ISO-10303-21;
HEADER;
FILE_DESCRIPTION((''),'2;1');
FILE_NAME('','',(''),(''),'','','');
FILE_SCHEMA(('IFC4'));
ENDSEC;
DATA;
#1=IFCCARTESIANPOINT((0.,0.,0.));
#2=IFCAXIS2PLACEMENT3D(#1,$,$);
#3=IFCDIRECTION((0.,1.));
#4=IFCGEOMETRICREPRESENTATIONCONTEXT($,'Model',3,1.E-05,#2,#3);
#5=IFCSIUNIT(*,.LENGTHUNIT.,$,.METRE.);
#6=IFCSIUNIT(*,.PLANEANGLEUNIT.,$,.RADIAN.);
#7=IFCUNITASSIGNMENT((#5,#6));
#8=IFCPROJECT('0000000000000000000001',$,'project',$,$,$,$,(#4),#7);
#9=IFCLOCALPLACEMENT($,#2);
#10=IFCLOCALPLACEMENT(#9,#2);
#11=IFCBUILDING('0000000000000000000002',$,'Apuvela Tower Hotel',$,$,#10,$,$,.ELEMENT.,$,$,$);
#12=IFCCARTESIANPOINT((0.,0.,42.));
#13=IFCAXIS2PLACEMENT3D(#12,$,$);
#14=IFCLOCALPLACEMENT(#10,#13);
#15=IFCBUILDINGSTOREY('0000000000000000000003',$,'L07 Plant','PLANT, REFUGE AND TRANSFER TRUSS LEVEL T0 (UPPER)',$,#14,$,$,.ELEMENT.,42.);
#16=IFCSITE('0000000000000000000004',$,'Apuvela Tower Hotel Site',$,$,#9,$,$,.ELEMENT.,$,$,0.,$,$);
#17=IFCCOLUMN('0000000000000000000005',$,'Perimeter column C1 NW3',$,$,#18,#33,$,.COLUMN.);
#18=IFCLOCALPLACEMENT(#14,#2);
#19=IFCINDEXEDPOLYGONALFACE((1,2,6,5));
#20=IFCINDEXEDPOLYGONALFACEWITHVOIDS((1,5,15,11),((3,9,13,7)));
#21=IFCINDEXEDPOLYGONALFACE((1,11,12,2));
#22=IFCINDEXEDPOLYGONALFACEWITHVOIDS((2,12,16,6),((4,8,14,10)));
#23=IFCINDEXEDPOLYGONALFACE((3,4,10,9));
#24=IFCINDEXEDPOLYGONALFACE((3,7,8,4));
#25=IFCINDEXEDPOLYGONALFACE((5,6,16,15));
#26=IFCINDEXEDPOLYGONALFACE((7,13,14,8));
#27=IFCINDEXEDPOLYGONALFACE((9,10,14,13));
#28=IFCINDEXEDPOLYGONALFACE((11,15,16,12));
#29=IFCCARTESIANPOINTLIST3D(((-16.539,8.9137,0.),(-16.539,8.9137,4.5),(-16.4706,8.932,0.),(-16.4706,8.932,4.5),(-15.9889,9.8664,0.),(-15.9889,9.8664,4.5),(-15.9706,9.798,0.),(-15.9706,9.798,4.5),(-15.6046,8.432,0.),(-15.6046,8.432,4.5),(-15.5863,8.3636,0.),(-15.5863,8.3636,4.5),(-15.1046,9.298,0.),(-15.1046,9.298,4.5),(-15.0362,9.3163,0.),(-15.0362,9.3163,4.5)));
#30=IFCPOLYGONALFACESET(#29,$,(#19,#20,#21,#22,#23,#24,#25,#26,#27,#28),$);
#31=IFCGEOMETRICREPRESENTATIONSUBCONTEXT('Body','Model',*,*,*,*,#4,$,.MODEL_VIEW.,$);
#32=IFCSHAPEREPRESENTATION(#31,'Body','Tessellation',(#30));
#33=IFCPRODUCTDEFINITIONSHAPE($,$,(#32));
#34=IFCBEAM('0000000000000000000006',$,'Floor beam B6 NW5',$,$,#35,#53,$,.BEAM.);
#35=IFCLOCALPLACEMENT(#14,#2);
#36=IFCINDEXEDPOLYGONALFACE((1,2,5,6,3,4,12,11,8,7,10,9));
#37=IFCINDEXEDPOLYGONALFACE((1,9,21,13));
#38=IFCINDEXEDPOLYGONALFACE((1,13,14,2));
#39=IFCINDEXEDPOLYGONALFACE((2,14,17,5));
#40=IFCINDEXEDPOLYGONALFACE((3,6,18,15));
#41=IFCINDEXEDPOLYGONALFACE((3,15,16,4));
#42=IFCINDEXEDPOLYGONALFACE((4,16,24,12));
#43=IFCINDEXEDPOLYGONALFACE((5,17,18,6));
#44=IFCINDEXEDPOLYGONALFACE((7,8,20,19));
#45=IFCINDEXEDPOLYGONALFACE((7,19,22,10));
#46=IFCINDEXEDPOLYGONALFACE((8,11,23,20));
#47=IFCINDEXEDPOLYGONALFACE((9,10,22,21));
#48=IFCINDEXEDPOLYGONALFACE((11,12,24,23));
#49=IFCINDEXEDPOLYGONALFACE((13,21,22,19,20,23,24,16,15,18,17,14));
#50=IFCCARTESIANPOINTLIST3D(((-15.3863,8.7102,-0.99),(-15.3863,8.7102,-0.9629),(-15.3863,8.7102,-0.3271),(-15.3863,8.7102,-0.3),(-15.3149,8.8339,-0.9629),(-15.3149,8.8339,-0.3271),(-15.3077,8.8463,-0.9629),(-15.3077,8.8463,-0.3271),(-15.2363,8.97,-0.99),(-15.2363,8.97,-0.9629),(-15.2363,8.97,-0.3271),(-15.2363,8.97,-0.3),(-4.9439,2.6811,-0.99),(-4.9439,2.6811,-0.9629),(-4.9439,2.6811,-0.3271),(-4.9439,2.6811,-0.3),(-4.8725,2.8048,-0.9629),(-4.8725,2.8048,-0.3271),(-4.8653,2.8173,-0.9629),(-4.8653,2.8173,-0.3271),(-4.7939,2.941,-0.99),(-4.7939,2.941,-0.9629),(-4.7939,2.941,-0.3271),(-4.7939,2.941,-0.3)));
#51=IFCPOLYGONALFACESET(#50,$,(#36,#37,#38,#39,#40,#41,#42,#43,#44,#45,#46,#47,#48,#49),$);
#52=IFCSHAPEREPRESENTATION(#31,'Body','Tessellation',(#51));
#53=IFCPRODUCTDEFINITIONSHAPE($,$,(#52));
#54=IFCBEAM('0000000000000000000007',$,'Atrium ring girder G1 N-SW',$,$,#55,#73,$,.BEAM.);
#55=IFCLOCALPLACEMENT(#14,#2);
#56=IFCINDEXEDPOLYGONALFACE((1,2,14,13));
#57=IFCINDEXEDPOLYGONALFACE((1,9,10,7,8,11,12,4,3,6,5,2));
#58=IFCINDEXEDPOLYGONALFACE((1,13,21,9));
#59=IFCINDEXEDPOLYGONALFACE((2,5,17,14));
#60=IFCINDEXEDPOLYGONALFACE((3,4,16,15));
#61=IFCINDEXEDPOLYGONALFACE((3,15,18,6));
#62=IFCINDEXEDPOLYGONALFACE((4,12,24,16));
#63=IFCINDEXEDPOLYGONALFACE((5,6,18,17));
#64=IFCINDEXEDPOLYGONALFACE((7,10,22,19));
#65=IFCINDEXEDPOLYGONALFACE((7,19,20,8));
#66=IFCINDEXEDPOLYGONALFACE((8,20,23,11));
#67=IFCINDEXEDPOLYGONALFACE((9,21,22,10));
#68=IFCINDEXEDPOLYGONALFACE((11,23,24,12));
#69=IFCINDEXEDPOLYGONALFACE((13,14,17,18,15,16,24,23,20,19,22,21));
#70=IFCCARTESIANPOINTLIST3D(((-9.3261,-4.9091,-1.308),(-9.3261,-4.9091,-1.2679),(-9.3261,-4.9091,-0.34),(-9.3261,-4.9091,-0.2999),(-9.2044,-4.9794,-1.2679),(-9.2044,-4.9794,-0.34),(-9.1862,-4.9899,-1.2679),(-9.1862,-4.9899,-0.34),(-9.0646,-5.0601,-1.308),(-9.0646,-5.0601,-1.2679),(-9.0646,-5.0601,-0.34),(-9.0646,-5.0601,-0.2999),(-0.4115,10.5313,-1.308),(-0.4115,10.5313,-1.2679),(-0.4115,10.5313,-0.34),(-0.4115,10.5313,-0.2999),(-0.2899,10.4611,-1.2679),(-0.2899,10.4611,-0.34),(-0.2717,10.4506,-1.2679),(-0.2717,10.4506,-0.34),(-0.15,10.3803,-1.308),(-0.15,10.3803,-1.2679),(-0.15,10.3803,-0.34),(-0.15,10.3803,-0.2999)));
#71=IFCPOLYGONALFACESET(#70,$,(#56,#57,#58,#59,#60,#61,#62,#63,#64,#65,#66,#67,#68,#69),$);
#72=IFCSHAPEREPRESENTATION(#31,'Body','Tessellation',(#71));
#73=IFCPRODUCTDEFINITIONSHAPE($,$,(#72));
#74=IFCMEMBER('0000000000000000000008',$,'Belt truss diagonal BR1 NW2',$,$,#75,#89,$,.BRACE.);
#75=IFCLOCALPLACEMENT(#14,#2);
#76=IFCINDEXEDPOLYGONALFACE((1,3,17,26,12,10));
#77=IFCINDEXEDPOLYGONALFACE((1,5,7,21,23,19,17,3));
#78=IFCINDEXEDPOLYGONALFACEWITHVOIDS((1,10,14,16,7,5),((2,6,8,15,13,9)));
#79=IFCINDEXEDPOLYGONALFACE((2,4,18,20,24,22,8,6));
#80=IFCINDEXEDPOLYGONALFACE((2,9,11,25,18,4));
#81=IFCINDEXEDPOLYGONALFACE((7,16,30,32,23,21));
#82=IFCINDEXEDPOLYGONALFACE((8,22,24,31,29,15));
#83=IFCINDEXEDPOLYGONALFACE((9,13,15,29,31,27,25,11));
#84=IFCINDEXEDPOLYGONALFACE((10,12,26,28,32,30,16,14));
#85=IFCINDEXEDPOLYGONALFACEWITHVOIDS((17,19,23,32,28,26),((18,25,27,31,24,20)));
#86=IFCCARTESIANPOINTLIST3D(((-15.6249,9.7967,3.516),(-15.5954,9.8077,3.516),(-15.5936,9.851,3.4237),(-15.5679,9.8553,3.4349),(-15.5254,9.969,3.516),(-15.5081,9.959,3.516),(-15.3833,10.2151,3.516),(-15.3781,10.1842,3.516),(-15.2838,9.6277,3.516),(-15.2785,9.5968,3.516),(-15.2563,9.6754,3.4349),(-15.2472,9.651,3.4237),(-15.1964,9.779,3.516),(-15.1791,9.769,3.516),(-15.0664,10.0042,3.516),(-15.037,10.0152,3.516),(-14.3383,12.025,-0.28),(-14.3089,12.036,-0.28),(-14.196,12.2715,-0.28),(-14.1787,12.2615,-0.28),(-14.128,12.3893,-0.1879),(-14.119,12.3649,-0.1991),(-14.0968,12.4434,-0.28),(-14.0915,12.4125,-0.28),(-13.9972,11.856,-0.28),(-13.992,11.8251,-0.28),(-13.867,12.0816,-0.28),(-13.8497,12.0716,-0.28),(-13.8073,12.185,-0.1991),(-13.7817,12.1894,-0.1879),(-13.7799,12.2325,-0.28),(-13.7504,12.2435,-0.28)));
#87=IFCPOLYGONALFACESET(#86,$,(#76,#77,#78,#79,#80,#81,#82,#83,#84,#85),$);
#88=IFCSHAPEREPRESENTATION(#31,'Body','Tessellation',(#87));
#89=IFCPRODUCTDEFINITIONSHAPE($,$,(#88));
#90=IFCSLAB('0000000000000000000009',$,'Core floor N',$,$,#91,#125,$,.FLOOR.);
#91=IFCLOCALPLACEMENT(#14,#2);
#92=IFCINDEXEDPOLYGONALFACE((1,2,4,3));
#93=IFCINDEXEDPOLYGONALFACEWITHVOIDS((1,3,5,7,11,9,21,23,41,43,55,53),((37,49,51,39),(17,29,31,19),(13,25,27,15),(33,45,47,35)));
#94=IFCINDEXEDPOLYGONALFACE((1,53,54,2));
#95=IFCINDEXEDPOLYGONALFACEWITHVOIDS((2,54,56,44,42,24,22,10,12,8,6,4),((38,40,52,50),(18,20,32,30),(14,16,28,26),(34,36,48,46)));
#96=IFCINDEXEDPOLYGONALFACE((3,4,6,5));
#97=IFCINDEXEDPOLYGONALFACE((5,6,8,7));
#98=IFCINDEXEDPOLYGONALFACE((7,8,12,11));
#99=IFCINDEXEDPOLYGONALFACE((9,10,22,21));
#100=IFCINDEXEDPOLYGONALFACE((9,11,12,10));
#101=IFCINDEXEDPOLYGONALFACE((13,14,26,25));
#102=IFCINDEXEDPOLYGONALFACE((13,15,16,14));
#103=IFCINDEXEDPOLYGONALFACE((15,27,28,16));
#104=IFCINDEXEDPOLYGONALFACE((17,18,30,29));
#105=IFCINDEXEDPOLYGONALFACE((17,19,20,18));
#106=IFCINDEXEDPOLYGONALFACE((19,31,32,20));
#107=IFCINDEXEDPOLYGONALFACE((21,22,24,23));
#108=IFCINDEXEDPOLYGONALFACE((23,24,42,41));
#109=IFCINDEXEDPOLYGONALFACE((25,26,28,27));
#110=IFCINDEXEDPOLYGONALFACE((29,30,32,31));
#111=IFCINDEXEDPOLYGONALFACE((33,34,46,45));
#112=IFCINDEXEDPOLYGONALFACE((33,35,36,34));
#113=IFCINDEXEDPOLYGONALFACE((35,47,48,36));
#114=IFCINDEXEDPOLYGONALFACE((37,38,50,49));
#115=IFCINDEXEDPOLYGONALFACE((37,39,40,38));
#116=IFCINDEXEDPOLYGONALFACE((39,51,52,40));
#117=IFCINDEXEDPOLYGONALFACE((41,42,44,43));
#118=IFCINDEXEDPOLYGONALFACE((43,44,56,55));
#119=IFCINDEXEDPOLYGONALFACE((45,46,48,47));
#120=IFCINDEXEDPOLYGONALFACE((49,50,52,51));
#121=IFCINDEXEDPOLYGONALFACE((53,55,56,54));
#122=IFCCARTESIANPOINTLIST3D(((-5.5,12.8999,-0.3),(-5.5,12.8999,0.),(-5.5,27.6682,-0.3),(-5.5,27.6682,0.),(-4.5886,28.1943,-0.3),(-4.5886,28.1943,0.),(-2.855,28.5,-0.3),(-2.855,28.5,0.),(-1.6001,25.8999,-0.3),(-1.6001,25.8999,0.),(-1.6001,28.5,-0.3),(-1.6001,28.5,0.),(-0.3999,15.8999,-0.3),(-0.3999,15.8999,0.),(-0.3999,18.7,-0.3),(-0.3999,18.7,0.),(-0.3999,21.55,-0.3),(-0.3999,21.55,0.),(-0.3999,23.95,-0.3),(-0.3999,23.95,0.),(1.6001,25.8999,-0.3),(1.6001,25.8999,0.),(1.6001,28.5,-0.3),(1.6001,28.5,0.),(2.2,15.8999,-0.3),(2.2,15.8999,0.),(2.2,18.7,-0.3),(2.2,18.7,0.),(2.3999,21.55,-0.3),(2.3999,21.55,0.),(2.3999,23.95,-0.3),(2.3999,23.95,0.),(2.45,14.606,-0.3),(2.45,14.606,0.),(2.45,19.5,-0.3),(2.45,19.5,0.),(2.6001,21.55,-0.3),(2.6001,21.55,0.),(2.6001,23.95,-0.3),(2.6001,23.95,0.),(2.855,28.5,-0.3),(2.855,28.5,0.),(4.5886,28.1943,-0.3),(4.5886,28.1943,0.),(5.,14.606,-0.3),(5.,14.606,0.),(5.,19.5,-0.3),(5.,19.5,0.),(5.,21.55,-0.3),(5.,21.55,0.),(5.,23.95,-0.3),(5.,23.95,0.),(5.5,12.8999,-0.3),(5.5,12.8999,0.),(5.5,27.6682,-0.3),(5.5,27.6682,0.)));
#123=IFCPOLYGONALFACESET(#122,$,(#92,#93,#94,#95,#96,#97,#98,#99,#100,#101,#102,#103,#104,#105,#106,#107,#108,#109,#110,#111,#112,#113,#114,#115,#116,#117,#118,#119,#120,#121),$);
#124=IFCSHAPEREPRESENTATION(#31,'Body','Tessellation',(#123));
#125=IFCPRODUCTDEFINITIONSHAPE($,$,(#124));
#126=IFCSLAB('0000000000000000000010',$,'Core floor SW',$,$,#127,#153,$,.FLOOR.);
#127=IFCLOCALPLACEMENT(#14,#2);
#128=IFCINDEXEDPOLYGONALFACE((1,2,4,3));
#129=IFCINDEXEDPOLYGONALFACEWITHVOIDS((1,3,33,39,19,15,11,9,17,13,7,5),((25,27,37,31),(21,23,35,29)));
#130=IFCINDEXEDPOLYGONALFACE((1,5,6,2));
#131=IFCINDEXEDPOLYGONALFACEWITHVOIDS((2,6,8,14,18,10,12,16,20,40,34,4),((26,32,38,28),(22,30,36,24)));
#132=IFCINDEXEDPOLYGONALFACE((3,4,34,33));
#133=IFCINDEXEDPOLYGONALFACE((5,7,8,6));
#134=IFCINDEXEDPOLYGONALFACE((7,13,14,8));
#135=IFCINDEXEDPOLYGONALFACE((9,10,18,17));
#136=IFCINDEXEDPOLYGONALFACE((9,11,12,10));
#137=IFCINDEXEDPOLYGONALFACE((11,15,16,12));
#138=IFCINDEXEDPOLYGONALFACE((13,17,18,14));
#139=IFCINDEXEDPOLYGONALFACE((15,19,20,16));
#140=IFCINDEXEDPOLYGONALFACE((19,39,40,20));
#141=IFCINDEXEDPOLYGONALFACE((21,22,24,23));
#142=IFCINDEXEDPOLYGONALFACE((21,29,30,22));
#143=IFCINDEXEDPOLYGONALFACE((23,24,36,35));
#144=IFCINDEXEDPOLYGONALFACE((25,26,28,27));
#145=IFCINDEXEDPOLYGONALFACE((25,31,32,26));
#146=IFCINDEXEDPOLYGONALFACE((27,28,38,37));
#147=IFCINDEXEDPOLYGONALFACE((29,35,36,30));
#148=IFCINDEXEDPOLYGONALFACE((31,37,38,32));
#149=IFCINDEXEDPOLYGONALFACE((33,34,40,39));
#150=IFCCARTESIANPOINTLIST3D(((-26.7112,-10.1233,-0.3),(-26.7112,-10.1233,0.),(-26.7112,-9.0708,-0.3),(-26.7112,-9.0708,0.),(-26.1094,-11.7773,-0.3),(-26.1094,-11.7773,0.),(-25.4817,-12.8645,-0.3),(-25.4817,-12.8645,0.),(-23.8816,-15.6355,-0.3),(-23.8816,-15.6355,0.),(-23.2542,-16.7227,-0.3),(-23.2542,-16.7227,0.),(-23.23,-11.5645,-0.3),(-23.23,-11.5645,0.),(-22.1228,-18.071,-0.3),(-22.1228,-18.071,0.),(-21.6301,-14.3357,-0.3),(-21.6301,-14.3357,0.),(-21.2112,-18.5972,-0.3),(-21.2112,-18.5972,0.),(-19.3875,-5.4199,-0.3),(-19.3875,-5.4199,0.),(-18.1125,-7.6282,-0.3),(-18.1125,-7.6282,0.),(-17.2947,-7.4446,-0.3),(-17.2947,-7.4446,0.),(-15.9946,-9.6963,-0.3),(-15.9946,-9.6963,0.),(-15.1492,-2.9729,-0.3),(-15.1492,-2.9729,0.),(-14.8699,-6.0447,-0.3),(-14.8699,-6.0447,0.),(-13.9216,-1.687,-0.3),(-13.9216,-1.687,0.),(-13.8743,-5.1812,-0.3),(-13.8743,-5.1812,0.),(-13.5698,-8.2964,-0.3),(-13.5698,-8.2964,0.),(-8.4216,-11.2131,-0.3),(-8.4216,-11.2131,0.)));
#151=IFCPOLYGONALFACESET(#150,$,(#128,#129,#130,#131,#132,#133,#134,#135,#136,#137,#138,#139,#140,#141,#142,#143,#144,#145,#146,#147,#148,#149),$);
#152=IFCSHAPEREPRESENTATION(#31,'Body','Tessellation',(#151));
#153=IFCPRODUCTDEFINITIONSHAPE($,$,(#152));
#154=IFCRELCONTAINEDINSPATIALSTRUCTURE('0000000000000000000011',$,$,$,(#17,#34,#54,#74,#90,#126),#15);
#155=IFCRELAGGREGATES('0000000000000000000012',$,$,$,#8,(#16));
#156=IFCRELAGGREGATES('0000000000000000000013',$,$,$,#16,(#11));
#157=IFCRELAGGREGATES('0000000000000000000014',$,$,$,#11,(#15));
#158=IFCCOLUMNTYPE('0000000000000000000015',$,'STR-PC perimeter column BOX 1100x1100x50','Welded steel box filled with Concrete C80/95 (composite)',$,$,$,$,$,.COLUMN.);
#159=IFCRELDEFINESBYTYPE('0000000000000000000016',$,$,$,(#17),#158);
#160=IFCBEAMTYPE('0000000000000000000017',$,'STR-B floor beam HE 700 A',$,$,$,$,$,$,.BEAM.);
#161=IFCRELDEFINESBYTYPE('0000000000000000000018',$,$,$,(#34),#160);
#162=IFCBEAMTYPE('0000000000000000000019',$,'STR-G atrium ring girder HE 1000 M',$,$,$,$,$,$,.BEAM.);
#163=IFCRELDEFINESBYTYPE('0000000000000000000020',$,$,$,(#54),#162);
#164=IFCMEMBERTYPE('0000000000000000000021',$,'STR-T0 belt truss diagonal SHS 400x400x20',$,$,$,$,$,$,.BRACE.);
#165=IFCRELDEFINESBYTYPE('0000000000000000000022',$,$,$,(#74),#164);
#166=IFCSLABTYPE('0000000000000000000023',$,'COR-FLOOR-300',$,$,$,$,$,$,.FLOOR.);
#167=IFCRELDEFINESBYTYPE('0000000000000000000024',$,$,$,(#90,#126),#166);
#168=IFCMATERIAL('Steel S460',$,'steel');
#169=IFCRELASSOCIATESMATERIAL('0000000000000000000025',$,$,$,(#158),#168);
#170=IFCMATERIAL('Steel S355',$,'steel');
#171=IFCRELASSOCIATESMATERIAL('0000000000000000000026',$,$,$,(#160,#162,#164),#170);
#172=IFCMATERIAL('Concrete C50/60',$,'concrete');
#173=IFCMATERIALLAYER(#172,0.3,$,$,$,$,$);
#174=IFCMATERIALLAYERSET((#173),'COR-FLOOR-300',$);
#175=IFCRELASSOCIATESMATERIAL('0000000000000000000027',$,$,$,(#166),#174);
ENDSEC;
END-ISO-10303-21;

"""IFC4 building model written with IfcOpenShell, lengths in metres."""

from ifc_helpers import new_model, si_unit, direction, frame, origin, origin_2d, place, context, subcontext, project, spatial, polyline, rectangle, hollow_rectangle, i_section, outline, extrude, boolean, halfspace, material, layer, layer_set, material_profile, profile_set, type_object, element, save


model = new_model("IFC4")

# Units and contexts
model_context = context("Model", 3, precision=1e-05, world=origin(), true_north=direction((0.0, 1.0)))
body_context = subcontext(model_context, "Body", "Model", "MODEL_VIEW")
ifc_project = project(units=[si_unit("LENGTHUNIT", "METRE"), si_unit("PLANEANGLEUNIT", "RADIAN")], contexts=[model_context])

# Site, building, storey
site_placement = place(None, origin())
site = spatial("IfcSite", under=ifc_project, at=site_placement, Name="Apuvela Tower Hotel Site", CompositionType="ELEMENT", RefElevation=0.0)
building_placement = place(site_placement, origin())
building = spatial("IfcBuilding", under=site, at=building_placement, Name="Apuvela Tower Hotel", CompositionType="ELEMENT")
storey_placement = place(building_placement, frame((0.0, 0.0, 42.0)))
storey = spatial("IfcBuildingStorey", under=building, at=storey_placement, Name="L07 Plant", Description="PLANT, REFUGE AND TRANSFER TRUSS LEVEL T0 (UPPER)", CompositionType="ELEMENT", Elevation=42.0)

# Column
ifc_material_1 = material(Name="Steel S460", Category="steel")
ifc_material_profile_1 = material_profile(ifc_material_1, hollow_rectangle(XDim=1.1001, YDim=1.1001, WallThickness=0.05, at=origin_2d()), Name="BOX 1100x1100x50")
ifc_material_2 = material(Name="Concrete C80/95", Category="concrete")
ifc_material_profile_2 = material_profile(ifc_material_2, rectangle(XDim=1.0, YDim=1.0, at=origin_2d()), Name="Concrete C80/95 infill")
ifc_profile_set_1 = profile_set([ifc_material_profile_1, ifc_material_profile_2], Name="Steel S460")
column_type = type_object("IfcColumnType", Name="STR-PC perimeter column BOX 1100x1100x50", Description="Welded steel box filled with Concrete C80/95 (composite)", PredefinedType="COLUMN", material=ifc_profile_set_1)
column_placement = place(storey_placement, frame((-15.7876, 9.115, 0.0), z_axis=(0.0, 0.0, 1.0), x_axis=(0.5, 0.866025, 0.0)))
element("IfcColumn", 1, at=column_placement, inside=storey, type_object=column_type, Name="Perimeter column C1 NW3", PredefinedType="COLUMN", context=body_context, shape_type="SweptSolid", body=[
    extrude(hollow_rectangle(XDim=1.1001, YDim=1.1001, WallThickness=0.05, at=origin_2d()), origin(), (0.0, 0.0, 1.0), 4.5),
])

# Beams
ifc_material_3 = material(Name="Steel S355", Category="steel")
ifc_material_profile_3 = material_profile(ifc_material_3, i_section(OverallWidth=0.3, OverallDepth=0.6899, WebThickness=0.0144, FlangeThickness=0.0271, at=origin_2d()), Name="HE 700 A")
ifc_profile_set_2 = profile_set([ifc_material_profile_3], Name="Steel S355")
beam_type_1 = type_object("IfcBeamType", Name="STR-B floor beam HE 700 A", PredefinedType="BEAM", material=ifc_profile_set_2)
beam_1_placement = place(storey_placement, frame((-15.3113, 8.8401, -0.645), z_axis=(0.86602, -0.500009, 0.0), x_axis=(0.500009, 0.86602, 0.0)))
element("IfcBeam", 2, at=beam_1_placement, inside=storey, type_object=beam_type_1, Name="Floor beam B6 NW5", PredefinedType="BEAM", context=body_context, shape_type="SweptSolid", body=[
    extrude(i_section(OverallWidth=0.3, OverallDepth=0.6899, WebThickness=0.0144, FlangeThickness=0.0271, at=origin_2d()), origin(), (0.0, 0.0, 1.0), 12.0579),
])
ifc_material_profile_4 = material_profile(ifc_material_3, i_section(OverallWidth=0.302, OverallDepth=1.0081, WebThickness=0.021, FlangeThickness=0.04, at=origin_2d()), Name="HE 1000 M")
ifc_profile_set_3 = profile_set([ifc_material_profile_4], Name="Steel S355")
beam_type_2 = type_object("IfcBeamType", Name="STR-G atrium ring girder HE 1000 M", PredefinedType="BEAM", material=ifc_profile_set_3)
beam_2_placement = place(storey_placement, frame((-0.2808, 10.4558, -0.804), z_axis=(-0.500001, -0.866025, 0.0), x_axis=(0.866025, -0.500001, 0.0)))
element("IfcBeam", 3, at=beam_2_placement, inside=storey, type_object=beam_type_2, Name="Atrium ring girder G1 N-SW", PredefinedType="BEAM", context=body_context, shape_type="SweptSolid", body=[
    extrude(i_section(OverallWidth=0.302, OverallDepth=1.0081, WebThickness=0.021, FlangeThickness=0.04, at=origin_2d()), origin(), (0.0, 0.0, 1.0), 17.8291),
])

# Member
ifc_material_profile_5 = material_profile(ifc_material_3, hollow_rectangle(XDim=0.3999, YDim=0.3999, WallThickness=0.02, at=origin_2d()), Name="SHS 400x400x20")
ifc_profile_set_4 = profile_set([ifc_material_profile_5], Name="Steel S355")
member_type = type_object("IfcMemberType", Name="STR-T0 belt truss diagonal SHS 400x400x20", PredefinedType="BRACE", material=ifc_profile_set_4)
member_placement = place(storey_placement, frame((-14.0376, 12.146, -0.3), z_axis=(-0.280541, -0.485902, 0.827766), x_axis=(0.413889, 0.716863, 0.561073)))
solid = boolean("DIFFERENCE", boolean("DIFFERENCE", extrude(hollow_rectangle(XDim=0.3999, YDim=0.3999, WallThickness=0.02, at=origin_2d()), frame((0.0, 0.0, -0.2556)), (0.0, 0.0, 1.0), 5.1453), halfspace(frame((0.0, 0.0, 0.0242), z_axis=(0.561073, 0.0, 0.827766), x_axis=(0.827766, 0.0, -0.561073)), True)), halfspace(frame((0.0, 0.0, 4.6101), z_axis=(0.561073, 0.0, 0.827766), x_axis=(0.827766, 0.0, -0.561073)), False))
element("IfcMember", 4, at=member_placement, inside=storey, type_object=member_type, Name="Belt truss diagonal BR1 NW2", PredefinedType="BRACE", context=body_context, shape_type="SweptSolid", body=[
    boolean("UNION", boolean("DIFFERENCE", boolean("DIFFERENCE", extrude(hollow_rectangle(XDim=0.3999, YDim=0.3999, WallThickness=0.02, at=origin_2d()), origin(), (0.0, 0.0, 1.0), 4.634), halfspace(frame((0.0, 0.0, 0.0242), z_axis=(0.561073, 0.0, 0.827766), x_axis=(0.827766, 0.0, -0.561073)), True)), halfspace(frame((0.0, 0.0, 4.6101), z_axis=(0.561073, 0.0, 0.827766), x_axis=(0.827766, 0.0, -0.561073)), False)), solid),
])

# Slabs
ifc_material_4 = material(Name="Concrete C50/60", Category="concrete")
ifc_layer_1 = layer(ifc_material_4, 0.3)
ifc_layer_set_1 = layer_set([ifc_layer_1], Name="COR-FLOOR-300")
slab_type_1 = type_object("IfcSlabType", Name="COR-FLOOR-300", PredefinedType="FLOOR", material=ifc_layer_set_1)
slab_1_placement = place(storey_placement, frame((0.0, 0.0, -0.3)))
element("IfcSlab", 5, at=slab_1_placement, inside=storey, type_object=slab_type_1, Name="Core floor N", PredefinedType="FLOOR", context=body_context, shape_type="SweptSolid", body=[
    extrude(outline(polyline([(5.5, 27.6682), (4.5886, 28.1943), (2.855, 28.5), (1.6001, 28.5), (1.6001, 25.8999), (-1.6001, 25.8999), (-1.6001, 28.5), (-2.855, 28.5), (-4.5886, 28.1943), (-5.5, 27.6682), (-5.5, 12.8999), (5.5, 12.8999), (5.5, 27.6682)]), holes=[polyline([(5.0, 14.606), (2.45, 14.606), (2.45, 19.5), (5.0, 19.5), (5.0, 14.606)]), polyline([(2.2, 15.8999), (-0.3999, 15.8999), (-0.3999, 18.7), (2.2, 18.7), (2.2, 15.8999)]), polyline([(5.0, 21.55), (2.6001, 21.55), (2.6001, 23.95), (5.0, 23.95), (5.0, 21.55)]), polyline([(2.3999, 21.55), (-0.3999, 21.55), (-0.3999, 23.95), (2.3999, 23.95), (2.3999, 21.55)])]), origin(), (0.0, 0.0, 1.0), 0.3),
])
slab_2_placement = place(storey_placement, frame((0.0, 0.0, -0.3)))
element("IfcSlab", 6, at=slab_2_placement, inside=storey, type_object=slab_type_1, Name="Core floor SW", PredefinedType="FLOOR", context=body_context, shape_type="SweptSolid", body=[
    extrude(outline(polyline([(-26.7112, -9.0708), (-26.7112, -10.1233), (-26.1094, -11.7773), (-25.4817, -12.8645), (-23.23, -11.5645), (-21.6301, -14.3357), (-23.8816, -15.6355), (-23.2542, -16.7227), (-22.1228, -18.071), (-21.2112, -18.5972), (-8.4216, -11.2131), (-13.9216, -1.687), (-26.7112, -9.0708)]), holes=[polyline([(-13.8743, -5.1812), (-18.1125, -7.6282), (-19.3875, -5.4199), (-15.1492, -2.9729), (-13.8743, -5.1812)]), polyline([(-13.5698, -8.2964), (-15.9946, -9.6963), (-17.2947, -7.4446), (-14.8699, -6.0447), (-13.5698, -8.2964)])]), origin(), (0.0, 0.0, 1.0), 0.3),
])

save(model, "model.ifc")
